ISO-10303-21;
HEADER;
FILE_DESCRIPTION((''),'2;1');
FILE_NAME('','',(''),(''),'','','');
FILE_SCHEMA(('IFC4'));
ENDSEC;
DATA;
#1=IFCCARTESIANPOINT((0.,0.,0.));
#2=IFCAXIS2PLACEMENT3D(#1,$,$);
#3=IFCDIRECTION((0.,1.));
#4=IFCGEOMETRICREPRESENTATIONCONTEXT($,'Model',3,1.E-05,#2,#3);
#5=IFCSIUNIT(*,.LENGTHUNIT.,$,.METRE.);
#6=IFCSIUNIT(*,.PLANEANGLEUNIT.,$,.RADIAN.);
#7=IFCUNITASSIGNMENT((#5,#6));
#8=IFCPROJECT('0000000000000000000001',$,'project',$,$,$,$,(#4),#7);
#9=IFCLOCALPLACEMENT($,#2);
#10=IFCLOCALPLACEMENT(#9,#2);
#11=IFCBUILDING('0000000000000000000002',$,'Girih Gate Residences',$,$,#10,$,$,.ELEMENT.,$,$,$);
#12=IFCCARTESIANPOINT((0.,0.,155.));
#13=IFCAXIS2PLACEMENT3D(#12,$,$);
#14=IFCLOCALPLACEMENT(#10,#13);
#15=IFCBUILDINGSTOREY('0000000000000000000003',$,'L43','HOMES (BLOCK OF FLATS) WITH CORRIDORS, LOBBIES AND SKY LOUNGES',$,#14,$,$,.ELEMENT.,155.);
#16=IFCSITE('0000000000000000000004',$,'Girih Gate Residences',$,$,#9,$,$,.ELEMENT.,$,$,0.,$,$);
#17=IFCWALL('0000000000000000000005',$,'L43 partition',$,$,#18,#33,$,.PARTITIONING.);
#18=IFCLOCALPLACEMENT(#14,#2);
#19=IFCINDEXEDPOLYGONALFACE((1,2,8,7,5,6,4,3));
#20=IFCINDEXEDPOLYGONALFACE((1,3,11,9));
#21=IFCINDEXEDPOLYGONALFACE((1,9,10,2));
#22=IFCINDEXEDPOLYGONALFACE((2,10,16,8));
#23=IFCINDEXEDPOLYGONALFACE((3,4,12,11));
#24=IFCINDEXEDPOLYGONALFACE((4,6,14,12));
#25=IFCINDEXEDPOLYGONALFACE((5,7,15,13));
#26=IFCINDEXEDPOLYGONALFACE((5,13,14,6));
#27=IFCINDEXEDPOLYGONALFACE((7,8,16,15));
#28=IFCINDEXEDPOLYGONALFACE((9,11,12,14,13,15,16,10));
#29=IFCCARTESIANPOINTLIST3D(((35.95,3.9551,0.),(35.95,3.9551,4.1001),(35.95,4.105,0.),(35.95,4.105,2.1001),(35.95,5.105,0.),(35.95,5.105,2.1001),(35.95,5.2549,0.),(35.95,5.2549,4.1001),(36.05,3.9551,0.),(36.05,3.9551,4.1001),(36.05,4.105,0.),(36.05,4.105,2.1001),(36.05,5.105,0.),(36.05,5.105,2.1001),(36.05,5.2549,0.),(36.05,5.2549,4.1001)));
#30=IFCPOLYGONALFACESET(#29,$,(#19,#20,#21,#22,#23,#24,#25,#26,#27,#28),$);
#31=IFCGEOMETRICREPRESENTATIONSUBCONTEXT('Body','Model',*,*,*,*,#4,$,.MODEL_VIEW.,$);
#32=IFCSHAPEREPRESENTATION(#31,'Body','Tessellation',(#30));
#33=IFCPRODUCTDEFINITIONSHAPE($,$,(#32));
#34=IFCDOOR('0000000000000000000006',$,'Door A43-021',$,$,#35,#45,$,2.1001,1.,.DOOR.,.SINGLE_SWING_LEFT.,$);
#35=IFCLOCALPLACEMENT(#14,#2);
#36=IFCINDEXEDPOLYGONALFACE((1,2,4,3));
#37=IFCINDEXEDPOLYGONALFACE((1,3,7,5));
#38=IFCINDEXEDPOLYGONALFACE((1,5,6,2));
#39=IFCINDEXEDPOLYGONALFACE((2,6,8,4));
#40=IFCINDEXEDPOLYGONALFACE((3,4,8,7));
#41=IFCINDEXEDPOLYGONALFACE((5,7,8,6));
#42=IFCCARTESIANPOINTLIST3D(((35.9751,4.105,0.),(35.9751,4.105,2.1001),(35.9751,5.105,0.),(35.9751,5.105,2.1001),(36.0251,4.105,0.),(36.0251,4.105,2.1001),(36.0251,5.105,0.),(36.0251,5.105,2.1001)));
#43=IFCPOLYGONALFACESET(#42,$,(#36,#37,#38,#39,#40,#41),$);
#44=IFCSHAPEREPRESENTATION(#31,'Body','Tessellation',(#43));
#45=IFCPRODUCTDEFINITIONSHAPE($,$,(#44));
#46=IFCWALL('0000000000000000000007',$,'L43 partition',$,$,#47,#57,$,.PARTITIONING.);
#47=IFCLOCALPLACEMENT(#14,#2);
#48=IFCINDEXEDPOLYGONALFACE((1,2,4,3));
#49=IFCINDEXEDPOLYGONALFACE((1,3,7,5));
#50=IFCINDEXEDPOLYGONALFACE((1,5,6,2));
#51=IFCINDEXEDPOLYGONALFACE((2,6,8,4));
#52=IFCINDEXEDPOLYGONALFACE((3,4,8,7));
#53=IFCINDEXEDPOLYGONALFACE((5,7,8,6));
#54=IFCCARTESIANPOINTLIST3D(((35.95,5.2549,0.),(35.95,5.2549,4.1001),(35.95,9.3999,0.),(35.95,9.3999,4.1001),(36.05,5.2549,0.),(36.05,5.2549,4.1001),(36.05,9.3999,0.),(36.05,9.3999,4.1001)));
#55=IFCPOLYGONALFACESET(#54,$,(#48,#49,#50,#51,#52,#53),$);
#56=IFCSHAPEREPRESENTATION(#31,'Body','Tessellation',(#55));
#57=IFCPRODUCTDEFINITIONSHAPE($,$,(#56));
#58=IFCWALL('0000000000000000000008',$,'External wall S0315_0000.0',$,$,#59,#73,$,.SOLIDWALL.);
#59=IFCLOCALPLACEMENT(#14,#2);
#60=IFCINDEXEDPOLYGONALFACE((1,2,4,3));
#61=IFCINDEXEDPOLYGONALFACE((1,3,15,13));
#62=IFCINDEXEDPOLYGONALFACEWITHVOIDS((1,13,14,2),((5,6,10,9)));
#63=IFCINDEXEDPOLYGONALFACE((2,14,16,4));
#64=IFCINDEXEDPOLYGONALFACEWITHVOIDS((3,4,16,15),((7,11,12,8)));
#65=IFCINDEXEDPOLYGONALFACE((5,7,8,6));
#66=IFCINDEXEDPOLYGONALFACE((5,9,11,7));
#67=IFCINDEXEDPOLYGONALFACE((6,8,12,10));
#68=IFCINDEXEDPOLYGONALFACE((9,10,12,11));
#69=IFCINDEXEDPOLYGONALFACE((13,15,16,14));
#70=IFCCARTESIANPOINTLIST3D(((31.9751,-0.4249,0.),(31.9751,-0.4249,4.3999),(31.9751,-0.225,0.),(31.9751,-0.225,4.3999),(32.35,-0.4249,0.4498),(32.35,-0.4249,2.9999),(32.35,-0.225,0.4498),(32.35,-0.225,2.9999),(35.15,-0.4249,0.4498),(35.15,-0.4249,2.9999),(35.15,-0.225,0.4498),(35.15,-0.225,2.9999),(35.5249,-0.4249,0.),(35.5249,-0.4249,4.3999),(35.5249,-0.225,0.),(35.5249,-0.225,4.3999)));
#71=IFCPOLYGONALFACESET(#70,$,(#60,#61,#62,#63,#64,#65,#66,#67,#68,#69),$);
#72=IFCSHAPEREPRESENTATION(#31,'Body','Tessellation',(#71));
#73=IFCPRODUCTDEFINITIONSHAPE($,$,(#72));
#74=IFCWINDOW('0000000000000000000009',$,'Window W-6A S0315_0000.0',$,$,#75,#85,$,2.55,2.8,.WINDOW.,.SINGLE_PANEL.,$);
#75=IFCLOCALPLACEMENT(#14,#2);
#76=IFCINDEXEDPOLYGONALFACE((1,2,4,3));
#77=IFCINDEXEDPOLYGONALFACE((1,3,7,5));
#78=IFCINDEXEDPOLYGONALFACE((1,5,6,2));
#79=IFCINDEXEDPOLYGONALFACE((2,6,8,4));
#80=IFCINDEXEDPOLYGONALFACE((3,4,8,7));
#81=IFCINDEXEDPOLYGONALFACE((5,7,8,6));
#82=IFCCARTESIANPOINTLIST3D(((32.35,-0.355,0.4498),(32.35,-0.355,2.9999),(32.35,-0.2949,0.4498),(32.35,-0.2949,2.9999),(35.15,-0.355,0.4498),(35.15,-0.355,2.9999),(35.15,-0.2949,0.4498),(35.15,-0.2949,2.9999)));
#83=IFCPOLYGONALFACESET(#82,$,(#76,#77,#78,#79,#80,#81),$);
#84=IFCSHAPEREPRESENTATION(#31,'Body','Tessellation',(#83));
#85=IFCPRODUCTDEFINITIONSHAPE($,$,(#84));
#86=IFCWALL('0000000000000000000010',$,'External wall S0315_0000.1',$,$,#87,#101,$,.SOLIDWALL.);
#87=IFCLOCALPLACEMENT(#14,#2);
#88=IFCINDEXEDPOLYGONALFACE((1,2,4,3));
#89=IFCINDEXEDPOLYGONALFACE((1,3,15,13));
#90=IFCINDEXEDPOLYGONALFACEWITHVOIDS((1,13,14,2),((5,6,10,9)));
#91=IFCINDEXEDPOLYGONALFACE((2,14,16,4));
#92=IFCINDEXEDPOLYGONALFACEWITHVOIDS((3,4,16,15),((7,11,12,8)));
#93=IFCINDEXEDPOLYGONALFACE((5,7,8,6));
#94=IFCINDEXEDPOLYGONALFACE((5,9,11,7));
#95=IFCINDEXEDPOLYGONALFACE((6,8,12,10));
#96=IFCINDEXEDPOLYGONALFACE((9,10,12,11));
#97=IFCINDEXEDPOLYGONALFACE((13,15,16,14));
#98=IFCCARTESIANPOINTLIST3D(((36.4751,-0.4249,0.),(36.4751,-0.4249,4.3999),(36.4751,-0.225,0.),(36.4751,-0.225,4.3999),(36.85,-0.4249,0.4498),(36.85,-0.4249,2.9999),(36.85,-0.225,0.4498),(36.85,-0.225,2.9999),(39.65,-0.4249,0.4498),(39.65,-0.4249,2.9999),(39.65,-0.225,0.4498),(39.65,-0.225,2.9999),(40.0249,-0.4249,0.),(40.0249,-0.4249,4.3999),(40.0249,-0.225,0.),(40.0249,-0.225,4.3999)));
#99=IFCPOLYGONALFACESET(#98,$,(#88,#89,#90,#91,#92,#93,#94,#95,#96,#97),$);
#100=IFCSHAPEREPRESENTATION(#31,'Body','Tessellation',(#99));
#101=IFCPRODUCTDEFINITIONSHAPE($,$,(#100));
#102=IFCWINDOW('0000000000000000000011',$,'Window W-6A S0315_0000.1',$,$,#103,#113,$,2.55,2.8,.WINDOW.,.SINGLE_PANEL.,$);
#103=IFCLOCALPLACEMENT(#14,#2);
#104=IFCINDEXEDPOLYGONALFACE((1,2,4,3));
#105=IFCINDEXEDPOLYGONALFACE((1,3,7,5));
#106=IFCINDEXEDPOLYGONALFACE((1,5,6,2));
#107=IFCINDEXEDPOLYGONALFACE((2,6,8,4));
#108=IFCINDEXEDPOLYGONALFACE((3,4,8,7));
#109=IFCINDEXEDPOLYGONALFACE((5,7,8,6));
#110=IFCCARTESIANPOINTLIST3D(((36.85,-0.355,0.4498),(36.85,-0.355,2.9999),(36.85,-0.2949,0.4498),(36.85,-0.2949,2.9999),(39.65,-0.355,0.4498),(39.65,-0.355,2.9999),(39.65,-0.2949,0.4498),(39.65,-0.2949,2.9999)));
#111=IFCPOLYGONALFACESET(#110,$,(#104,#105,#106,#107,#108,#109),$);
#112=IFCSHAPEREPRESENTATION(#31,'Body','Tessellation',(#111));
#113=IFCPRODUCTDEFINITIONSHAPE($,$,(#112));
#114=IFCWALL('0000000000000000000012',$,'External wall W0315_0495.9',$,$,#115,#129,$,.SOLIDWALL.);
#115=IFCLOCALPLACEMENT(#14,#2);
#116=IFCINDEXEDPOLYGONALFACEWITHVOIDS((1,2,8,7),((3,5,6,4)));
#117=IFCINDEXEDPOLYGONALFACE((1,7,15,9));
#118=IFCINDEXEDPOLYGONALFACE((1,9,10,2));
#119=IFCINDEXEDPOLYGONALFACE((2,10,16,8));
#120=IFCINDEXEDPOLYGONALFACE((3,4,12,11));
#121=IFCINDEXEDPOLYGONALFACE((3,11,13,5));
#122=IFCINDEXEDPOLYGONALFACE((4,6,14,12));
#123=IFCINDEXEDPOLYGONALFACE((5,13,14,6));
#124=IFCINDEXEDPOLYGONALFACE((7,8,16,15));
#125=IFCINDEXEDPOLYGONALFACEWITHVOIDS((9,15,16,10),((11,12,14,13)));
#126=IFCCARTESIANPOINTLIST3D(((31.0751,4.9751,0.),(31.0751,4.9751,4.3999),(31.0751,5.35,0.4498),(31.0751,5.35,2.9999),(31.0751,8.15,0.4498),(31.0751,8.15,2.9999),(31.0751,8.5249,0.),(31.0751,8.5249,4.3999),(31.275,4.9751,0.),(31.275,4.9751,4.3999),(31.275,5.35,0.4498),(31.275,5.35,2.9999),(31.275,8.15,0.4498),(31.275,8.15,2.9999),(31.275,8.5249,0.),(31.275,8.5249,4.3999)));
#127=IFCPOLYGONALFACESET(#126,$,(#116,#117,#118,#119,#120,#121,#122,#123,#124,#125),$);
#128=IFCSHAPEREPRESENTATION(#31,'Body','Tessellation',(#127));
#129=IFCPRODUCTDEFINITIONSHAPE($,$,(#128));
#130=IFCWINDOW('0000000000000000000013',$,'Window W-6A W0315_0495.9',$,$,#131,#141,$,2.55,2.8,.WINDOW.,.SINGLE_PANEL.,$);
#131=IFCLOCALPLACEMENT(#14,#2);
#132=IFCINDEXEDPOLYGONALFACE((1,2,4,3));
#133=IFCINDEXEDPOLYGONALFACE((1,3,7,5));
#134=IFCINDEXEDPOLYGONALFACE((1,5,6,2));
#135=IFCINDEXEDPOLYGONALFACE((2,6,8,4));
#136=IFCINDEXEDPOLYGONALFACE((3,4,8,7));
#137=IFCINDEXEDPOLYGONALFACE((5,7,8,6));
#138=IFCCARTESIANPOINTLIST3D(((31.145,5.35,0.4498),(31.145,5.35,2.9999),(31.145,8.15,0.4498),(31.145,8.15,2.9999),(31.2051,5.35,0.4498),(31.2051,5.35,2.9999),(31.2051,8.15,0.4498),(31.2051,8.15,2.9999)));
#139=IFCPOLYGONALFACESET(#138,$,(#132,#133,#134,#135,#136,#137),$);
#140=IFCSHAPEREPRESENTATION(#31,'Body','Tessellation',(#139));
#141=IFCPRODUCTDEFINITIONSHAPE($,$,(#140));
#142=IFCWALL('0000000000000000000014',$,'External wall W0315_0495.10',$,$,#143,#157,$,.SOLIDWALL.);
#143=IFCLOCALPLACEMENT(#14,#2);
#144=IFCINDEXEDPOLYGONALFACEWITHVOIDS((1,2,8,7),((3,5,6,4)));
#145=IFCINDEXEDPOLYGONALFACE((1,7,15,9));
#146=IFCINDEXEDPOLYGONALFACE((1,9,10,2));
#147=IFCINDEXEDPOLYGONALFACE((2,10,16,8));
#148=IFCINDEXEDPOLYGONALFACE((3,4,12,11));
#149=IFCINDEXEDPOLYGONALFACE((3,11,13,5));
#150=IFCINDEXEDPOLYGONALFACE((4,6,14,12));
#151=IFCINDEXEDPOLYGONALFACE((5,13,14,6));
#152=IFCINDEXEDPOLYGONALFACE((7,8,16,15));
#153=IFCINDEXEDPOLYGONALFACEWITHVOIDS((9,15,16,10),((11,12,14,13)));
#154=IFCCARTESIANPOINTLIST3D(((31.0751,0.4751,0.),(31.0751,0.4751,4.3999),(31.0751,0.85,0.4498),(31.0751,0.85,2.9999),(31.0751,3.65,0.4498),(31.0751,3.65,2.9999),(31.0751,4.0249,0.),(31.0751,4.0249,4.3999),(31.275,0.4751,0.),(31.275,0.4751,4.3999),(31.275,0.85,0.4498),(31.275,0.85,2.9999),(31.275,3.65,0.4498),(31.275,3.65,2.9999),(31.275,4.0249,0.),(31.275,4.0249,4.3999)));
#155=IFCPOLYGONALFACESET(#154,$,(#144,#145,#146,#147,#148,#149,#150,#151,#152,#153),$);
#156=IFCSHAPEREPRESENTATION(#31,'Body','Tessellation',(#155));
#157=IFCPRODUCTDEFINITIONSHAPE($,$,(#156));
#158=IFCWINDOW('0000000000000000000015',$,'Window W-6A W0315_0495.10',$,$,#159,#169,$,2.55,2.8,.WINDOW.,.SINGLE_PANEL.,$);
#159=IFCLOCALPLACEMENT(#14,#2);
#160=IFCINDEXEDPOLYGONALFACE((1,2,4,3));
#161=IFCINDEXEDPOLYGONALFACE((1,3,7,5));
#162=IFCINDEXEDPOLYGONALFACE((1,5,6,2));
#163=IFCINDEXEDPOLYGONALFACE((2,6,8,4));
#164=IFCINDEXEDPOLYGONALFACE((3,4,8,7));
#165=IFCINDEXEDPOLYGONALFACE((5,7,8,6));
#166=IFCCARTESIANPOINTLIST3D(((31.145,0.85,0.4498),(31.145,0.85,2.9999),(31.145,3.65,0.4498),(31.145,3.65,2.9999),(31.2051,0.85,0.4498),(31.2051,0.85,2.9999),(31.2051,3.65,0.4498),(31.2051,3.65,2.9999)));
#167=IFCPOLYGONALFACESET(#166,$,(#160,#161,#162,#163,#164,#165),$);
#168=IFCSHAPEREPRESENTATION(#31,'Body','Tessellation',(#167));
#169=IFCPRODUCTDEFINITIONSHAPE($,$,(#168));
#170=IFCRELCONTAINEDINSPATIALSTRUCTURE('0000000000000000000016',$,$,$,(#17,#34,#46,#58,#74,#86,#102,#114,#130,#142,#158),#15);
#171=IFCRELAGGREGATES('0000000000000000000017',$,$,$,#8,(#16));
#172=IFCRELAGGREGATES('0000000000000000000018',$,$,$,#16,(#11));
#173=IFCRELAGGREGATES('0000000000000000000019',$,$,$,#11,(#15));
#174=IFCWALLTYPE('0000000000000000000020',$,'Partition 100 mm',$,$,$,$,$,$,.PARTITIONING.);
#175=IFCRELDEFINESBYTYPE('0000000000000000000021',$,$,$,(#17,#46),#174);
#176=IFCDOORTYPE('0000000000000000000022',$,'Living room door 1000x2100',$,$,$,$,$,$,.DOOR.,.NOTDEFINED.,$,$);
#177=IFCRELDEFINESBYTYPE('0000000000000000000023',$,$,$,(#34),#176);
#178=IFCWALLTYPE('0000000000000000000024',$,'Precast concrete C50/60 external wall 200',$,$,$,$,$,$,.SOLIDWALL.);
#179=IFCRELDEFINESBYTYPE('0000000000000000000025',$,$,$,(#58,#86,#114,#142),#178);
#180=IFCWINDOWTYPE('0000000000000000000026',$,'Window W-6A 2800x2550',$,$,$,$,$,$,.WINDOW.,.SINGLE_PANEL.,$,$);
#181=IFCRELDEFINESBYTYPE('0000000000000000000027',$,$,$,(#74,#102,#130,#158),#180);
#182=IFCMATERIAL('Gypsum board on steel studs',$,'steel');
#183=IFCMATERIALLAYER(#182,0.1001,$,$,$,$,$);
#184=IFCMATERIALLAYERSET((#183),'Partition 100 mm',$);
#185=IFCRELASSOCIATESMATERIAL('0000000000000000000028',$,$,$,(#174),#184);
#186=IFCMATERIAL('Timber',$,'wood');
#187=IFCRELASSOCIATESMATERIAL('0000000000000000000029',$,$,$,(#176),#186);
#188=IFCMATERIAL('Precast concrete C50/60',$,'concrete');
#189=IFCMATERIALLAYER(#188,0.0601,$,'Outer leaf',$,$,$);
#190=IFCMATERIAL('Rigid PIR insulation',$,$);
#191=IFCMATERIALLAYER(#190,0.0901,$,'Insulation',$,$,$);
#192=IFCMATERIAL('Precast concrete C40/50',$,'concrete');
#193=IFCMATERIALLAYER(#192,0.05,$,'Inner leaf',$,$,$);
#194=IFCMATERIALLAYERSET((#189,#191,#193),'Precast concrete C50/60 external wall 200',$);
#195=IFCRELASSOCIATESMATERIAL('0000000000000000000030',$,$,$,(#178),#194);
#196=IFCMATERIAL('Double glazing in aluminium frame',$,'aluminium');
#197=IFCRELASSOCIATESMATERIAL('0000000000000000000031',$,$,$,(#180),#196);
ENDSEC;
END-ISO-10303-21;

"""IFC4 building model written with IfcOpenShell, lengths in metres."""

from ifc_helpers import new_model, si_unit, direction, frame, frame_2d, origin, place, context, subcontext, project, spatial, rectangle, extrude, material, layer, layer_set, type_object, element, fill, save


model = new_model("IFC4")

# Units and contexts
model_context = context("Model", 3, precision=1e-05, world=origin(), true_north=direction((0.0, 1.0)))
body_context = subcontext(model_context, "Body", "Model", "MODEL_VIEW")
ifc_project = project(units=[si_unit("LENGTHUNIT", "METRE"), si_unit("PLANEANGLEUNIT", "RADIAN")], contexts=[model_context])

# Site, building, storey
site_placement = place(None, origin())
site = spatial("IfcSite", under=ifc_project, at=site_placement, Name="Girih Gate Residences", CompositionType="ELEMENT", RefElevation=0.0)
building_placement = place(site_placement, origin())
building = spatial("IfcBuilding", under=site, at=building_placement, Name="Girih Gate Residences", CompositionType="ELEMENT")
storey_placement = place(building_placement, frame((0.0, 0.0, 155.0)))
storey = spatial("IfcBuildingStorey", under=building, at=storey_placement, Name="L43", Description="HOMES (BLOCK OF FLATS) WITH CORRIDORS, LOBBIES AND SKY LOUNGES", CompositionType="ELEMENT", Elevation=155.0)

# Shared definitions
ifc_material_1 = material(Name="Gypsum board on steel studs", Category="steel")
ifc_layer_1 = layer(ifc_material_1, 0.1001)
ifc_layer_set_1 = layer_set([ifc_layer_1], Name="Partition 100 mm")
wall_type_1 = type_object("IfcWallType", Name="Partition 100 mm", PredefinedType="PARTITIONING", material=ifc_layer_set_1)
ifc_material_2 = material(Name="Timber", Category="wood")

# Wall, opening, door
wall_1_placement = place(storey_placement, frame((36.0, 3.9551, 0.0), z_axis=(0.0, 0.0, 1.0), x_axis=(0.0, 1.0, 0.0)))
wall_1 = element("IfcWall", 1, at=wall_1_placement, inside=storey, type_object=wall_type_1, Name="L43 partition", PredefinedType="PARTITIONING", context=body_context, shape_type="SweptSolid", body=[
    extrude(rectangle(XDim=1.2998, YDim=0.1001, at=frame_2d((0.6499, 0.0))), origin(), (0.0, 0.0, 1.0), 4.1001),
])
opening_1_placement = place(wall_1_placement, frame((0.1499, 0.0, 0.0)))
opening_1 = element("IfcOpeningElement", 2, at=opening_1_placement, cuts=wall_1, PredefinedType="OPENING", context=body_context, shape_type="SweptSolid", body=[
    extrude(rectangle(XDim=1.0, YDim=2.1001, at=frame_2d((0.5, 1.05))), frame((0.0, 0.0601, 0.0), z_axis=(0.0, -1.0, 0.0), x_axis=(1.0, 0.0, 0.0)), (0.0, 0.0, 1.0), 0.1201),
])
door_type_1 = type_object("IfcDoorType", Name="Living room door 1000x2100", OperationType="NOTDEFINED", PredefinedType="DOOR", material=ifc_material_2)
door_1_placement = place(opening_1_placement, origin())
door_1 = element("IfcDoor", 3, at=door_1_placement, inside=storey, type_object=door_type_1, Name="Door A43-021", OperationType="SINGLE_SWING_LEFT", OverallHeight=2.1001, OverallWidth=1.0, PredefinedType="DOOR", context=body_context, shape_type="SweptSolid", body=[
    extrude(rectangle(XDim=1.0, YDim=2.1001, at=frame_2d((0.5, 1.05))), frame((0.0, 0.0249, 0.0), z_axis=(0.0, -1.0, 0.0), x_axis=(1.0, 0.0, 0.0)), (0.0, 0.0, 1.0), 0.05),
])
fill(opening_1, door_1)

# Wall
wall_2_placement = place(storey_placement, frame((36.0, 5.2549, 0.0), z_axis=(0.0, 0.0, 1.0), x_axis=(0.0, 1.0, 0.0)))
element("IfcWall", 4, at=wall_2_placement, inside=storey, type_object=wall_type_1, Name="L43 partition", PredefinedType="PARTITIONING", context=body_context, shape_type="SweptSolid", body=[
    extrude(rectangle(XDim=4.145, YDim=0.1001, at=frame_2d((2.0725, 0.0))), origin(), (0.0, 0.0, 1.0), 4.1001),
])

# Walls, openings, windows
ifc_material_3 = material(Name="Precast concrete C50/60", Category="concrete")
ifc_layer_2 = layer(ifc_material_3, 0.0601, Name="Outer leaf")
ifc_material_4 = material(Name="Rigid PIR insulation")
ifc_layer_3 = layer(ifc_material_4, 0.0901, Name="Insulation")
ifc_material_5 = material(Name="Precast concrete C40/50", Category="concrete")
ifc_layer_4 = layer(ifc_material_5, 0.05, Name="Inner leaf")
ifc_layer_set_2 = layer_set([ifc_layer_2, ifc_layer_3, ifc_layer_4], Name="Precast concrete C50/60 external wall 200")
wall_type_2 = type_object("IfcWallType", Name="Precast concrete C50/60 external wall 200", PredefinedType="SOLIDWALL", material=ifc_layer_set_2)
wall_3_placement = place(storey_placement, frame((35.5249, -0.325, 0.0), z_axis=(0.0, 0.0, 1.0), x_axis=(-1.0, 0.0, 0.0)))
wall_3 = element("IfcWall", 5, at=wall_3_placement, inside=storey, type_object=wall_type_2, Name="External wall S0315_0000.0", PredefinedType="SOLIDWALL", context=body_context, shape_type="SweptSolid", body=[
    extrude(rectangle(XDim=3.5498, YDim=0.2, at=frame_2d((1.7749, 0.0))), origin(), (0.0, 0.0, 1.0), 4.3999),
])
opening_2_placement = place(wall_3_placement, frame((0.375, 0.0, 0.45)))
opening_2 = element("IfcOpeningElement", 6, at=opening_2_placement, cuts=wall_3, PredefinedType="OPENING", context=body_context, shape_type="SweptSolid", body=[
    extrude(rectangle(XDim=2.8, YDim=2.55, at=frame_2d((1.3999, 1.2749))), frame((0.0, 0.1099, 0.0), z_axis=(0.0, -1.0, 0.0), x_axis=(1.0, 0.0, 0.0)), (0.0, 0.0, 1.0), 0.22),
])
ifc_material_6 = material(Name="Double glazing in aluminium frame", Category="aluminium")
window_type = type_object("IfcWindowType", Name="Window W-6A 2800x2550", PartitioningType="SINGLE_PANEL", PredefinedType="WINDOW", material=ifc_material_6)
window_1_placement = place(opening_2_placement, origin())
window_1 = element("IfcWindow", 7, at=window_1_placement, inside=storey, type_object=window_type, Name="Window W-6A S0315_0000.0", OverallHeight=2.55, OverallWidth=2.8, PartitioningType="SINGLE_PANEL", PredefinedType="WINDOW", context=body_context, shape_type="SweptSolid", body=[
    extrude(rectangle(XDim=2.8, YDim=2.55, at=frame_2d((1.3999, 1.2749))), frame((0.0, 0.03, 0.0), z_axis=(0.0, -1.0, 0.0), x_axis=(1.0, 0.0, 0.0)), (0.0, 0.0, 1.0), 0.0601),
])
fill(opening_2, window_1)
wall_4_placement = place(storey_placement, frame((40.0249, -0.325, 0.0), z_axis=(0.0, 0.0, 1.0), x_axis=(-1.0, 0.0, 0.0)))
wall_4 = element("IfcWall", 8, at=wall_4_placement, inside=storey, type_object=wall_type_2, Name="External wall S0315_0000.1", PredefinedType="SOLIDWALL", context=body_context, shape_type="SweptSolid", body=[
    extrude(rectangle(XDim=3.5498, YDim=0.2, at=frame_2d((1.7749, 0.0))), origin(), (0.0, 0.0, 1.0), 4.3999),
])
opening_3_placement = place(wall_4_placement, frame((0.375, 0.0, 0.45)))
opening_3 = element("IfcOpeningElement", 9, at=opening_3_placement, cuts=wall_4, PredefinedType="OPENING", context=body_context, shape_type="SweptSolid", body=[
    extrude(rectangle(XDim=2.8, YDim=2.55, at=frame_2d((1.3999, 1.2749))), frame((0.0, 0.1099, 0.0), z_axis=(0.0, -1.0, 0.0), x_axis=(1.0, 0.0, 0.0)), (0.0, 0.0, 1.0), 0.22),
])
window_2_placement = place(opening_3_placement, origin())
window_2 = element("IfcWindow", 10, at=window_2_placement, inside=storey, type_object=window_type, Name="Window W-6A S0315_0000.1", OverallHeight=2.55, OverallWidth=2.8, PartitioningType="SINGLE_PANEL", PredefinedType="WINDOW", context=body_context, shape_type="SweptSolid", body=[
    extrude(rectangle(XDim=2.8, YDim=2.55, at=frame_2d((1.3999, 1.2749))), frame((0.0, 0.03, 0.0), z_axis=(0.0, -1.0, 0.0), x_axis=(1.0, 0.0, 0.0)), (0.0, 0.0, 1.0), 0.0601),
])
fill(opening_3, window_2)
wall_5_placement = place(storey_placement, frame((31.175, 4.9751, 0.0), z_axis=(0.0, 0.0, 1.0), x_axis=(0.0, 1.0, 0.0)))
wall_5 = element("IfcWall", 11, at=wall_5_placement, inside=storey, type_object=wall_type_2, Name="External wall W0315_0495.9", PredefinedType="SOLIDWALL", context=body_context, shape_type="SweptSolid", body=[
    extrude(rectangle(XDim=3.5498, YDim=0.2, at=frame_2d((1.7749, 0.0))), origin(), (0.0, 0.0, 1.0), 4.3999),
])
opening_4_placement = place(wall_5_placement, frame((0.375, 0.0, 0.45)))
opening_4 = element("IfcOpeningElement", 12, at=opening_4_placement, cuts=wall_5, PredefinedType="OPENING", context=body_context, shape_type="SweptSolid", body=[
    extrude(rectangle(XDim=2.8, YDim=2.55, at=frame_2d((1.3999, 1.2749))), frame((0.0, 0.1099, 0.0), z_axis=(0.0, -1.0, 0.0), x_axis=(1.0, 0.0, 0.0)), (0.0, 0.0, 1.0), 0.22),
])
window_3_placement = place(opening_4_placement, origin())
window_3 = element("IfcWindow", 13, at=window_3_placement, inside=storey, type_object=window_type, Name="Window W-6A W0315_0495.9", OverallHeight=2.55, OverallWidth=2.8, PartitioningType="SINGLE_PANEL", PredefinedType="WINDOW", context=body_context, shape_type="SweptSolid", body=[
    extrude(rectangle(XDim=2.8, YDim=2.55, at=frame_2d((1.3999, 1.2749))), frame((0.0, 0.03, 0.0), z_axis=(0.0, -1.0, 0.0), x_axis=(1.0, 0.0, 0.0)), (0.0, 0.0, 1.0), 0.0601),
])
fill(opening_4, window_3)
wall_6_placement = place(storey_placement, frame((31.175, 0.4751, 0.0), z_axis=(0.0, 0.0, 1.0), x_axis=(0.0, 1.0, 0.0)))
wall_6 = element("IfcWall", 14, at=wall_6_placement, inside=storey, type_object=wall_type_2, Name="External wall W0315_0495.10", PredefinedType="SOLIDWALL", context=body_context, shape_type="SweptSolid", body=[
    extrude(rectangle(XDim=3.5498, YDim=0.2, at=frame_2d((1.7749, 0.0))), origin(), (0.0, 0.0, 1.0), 4.3999),
])
opening_5_placement = place(wall_6_placement, frame((0.375, 0.0, 0.45)))
opening_5 = element("IfcOpeningElement", 15, at=opening_5_placement, cuts=wall_6, PredefinedType="OPENING", context=body_context, shape_type="SweptSolid", body=[
    extrude(rectangle(XDim=2.8, YDim=2.55, at=frame_2d((1.3999, 1.2749))), frame((0.0, 0.1099, 0.0), z_axis=(0.0, -1.0, 0.0), x_axis=(1.0, 0.0, 0.0)), (0.0, 0.0, 1.0), 0.22),
])
window_4_placement = place(opening_5_placement, origin())
window_4 = element("IfcWindow", 16, at=window_4_placement, inside=storey, type_object=window_type, Name="Window W-6A W0315_0495.10", OverallHeight=2.55, OverallWidth=2.8, PartitioningType="SINGLE_PANEL", PredefinedType="WINDOW", context=body_context, shape_type="SweptSolid", body=[
    extrude(rectangle(XDim=2.8, YDim=2.55, at=frame_2d((1.3999, 1.2749))), frame((0.0, 0.03, 0.0), z_axis=(0.0, -1.0, 0.0), x_axis=(1.0, 0.0, 0.0)), (0.0, 0.0, 1.0), 0.0601),
])
fill(opening_5, window_4)

save(model, "model.ifc")
